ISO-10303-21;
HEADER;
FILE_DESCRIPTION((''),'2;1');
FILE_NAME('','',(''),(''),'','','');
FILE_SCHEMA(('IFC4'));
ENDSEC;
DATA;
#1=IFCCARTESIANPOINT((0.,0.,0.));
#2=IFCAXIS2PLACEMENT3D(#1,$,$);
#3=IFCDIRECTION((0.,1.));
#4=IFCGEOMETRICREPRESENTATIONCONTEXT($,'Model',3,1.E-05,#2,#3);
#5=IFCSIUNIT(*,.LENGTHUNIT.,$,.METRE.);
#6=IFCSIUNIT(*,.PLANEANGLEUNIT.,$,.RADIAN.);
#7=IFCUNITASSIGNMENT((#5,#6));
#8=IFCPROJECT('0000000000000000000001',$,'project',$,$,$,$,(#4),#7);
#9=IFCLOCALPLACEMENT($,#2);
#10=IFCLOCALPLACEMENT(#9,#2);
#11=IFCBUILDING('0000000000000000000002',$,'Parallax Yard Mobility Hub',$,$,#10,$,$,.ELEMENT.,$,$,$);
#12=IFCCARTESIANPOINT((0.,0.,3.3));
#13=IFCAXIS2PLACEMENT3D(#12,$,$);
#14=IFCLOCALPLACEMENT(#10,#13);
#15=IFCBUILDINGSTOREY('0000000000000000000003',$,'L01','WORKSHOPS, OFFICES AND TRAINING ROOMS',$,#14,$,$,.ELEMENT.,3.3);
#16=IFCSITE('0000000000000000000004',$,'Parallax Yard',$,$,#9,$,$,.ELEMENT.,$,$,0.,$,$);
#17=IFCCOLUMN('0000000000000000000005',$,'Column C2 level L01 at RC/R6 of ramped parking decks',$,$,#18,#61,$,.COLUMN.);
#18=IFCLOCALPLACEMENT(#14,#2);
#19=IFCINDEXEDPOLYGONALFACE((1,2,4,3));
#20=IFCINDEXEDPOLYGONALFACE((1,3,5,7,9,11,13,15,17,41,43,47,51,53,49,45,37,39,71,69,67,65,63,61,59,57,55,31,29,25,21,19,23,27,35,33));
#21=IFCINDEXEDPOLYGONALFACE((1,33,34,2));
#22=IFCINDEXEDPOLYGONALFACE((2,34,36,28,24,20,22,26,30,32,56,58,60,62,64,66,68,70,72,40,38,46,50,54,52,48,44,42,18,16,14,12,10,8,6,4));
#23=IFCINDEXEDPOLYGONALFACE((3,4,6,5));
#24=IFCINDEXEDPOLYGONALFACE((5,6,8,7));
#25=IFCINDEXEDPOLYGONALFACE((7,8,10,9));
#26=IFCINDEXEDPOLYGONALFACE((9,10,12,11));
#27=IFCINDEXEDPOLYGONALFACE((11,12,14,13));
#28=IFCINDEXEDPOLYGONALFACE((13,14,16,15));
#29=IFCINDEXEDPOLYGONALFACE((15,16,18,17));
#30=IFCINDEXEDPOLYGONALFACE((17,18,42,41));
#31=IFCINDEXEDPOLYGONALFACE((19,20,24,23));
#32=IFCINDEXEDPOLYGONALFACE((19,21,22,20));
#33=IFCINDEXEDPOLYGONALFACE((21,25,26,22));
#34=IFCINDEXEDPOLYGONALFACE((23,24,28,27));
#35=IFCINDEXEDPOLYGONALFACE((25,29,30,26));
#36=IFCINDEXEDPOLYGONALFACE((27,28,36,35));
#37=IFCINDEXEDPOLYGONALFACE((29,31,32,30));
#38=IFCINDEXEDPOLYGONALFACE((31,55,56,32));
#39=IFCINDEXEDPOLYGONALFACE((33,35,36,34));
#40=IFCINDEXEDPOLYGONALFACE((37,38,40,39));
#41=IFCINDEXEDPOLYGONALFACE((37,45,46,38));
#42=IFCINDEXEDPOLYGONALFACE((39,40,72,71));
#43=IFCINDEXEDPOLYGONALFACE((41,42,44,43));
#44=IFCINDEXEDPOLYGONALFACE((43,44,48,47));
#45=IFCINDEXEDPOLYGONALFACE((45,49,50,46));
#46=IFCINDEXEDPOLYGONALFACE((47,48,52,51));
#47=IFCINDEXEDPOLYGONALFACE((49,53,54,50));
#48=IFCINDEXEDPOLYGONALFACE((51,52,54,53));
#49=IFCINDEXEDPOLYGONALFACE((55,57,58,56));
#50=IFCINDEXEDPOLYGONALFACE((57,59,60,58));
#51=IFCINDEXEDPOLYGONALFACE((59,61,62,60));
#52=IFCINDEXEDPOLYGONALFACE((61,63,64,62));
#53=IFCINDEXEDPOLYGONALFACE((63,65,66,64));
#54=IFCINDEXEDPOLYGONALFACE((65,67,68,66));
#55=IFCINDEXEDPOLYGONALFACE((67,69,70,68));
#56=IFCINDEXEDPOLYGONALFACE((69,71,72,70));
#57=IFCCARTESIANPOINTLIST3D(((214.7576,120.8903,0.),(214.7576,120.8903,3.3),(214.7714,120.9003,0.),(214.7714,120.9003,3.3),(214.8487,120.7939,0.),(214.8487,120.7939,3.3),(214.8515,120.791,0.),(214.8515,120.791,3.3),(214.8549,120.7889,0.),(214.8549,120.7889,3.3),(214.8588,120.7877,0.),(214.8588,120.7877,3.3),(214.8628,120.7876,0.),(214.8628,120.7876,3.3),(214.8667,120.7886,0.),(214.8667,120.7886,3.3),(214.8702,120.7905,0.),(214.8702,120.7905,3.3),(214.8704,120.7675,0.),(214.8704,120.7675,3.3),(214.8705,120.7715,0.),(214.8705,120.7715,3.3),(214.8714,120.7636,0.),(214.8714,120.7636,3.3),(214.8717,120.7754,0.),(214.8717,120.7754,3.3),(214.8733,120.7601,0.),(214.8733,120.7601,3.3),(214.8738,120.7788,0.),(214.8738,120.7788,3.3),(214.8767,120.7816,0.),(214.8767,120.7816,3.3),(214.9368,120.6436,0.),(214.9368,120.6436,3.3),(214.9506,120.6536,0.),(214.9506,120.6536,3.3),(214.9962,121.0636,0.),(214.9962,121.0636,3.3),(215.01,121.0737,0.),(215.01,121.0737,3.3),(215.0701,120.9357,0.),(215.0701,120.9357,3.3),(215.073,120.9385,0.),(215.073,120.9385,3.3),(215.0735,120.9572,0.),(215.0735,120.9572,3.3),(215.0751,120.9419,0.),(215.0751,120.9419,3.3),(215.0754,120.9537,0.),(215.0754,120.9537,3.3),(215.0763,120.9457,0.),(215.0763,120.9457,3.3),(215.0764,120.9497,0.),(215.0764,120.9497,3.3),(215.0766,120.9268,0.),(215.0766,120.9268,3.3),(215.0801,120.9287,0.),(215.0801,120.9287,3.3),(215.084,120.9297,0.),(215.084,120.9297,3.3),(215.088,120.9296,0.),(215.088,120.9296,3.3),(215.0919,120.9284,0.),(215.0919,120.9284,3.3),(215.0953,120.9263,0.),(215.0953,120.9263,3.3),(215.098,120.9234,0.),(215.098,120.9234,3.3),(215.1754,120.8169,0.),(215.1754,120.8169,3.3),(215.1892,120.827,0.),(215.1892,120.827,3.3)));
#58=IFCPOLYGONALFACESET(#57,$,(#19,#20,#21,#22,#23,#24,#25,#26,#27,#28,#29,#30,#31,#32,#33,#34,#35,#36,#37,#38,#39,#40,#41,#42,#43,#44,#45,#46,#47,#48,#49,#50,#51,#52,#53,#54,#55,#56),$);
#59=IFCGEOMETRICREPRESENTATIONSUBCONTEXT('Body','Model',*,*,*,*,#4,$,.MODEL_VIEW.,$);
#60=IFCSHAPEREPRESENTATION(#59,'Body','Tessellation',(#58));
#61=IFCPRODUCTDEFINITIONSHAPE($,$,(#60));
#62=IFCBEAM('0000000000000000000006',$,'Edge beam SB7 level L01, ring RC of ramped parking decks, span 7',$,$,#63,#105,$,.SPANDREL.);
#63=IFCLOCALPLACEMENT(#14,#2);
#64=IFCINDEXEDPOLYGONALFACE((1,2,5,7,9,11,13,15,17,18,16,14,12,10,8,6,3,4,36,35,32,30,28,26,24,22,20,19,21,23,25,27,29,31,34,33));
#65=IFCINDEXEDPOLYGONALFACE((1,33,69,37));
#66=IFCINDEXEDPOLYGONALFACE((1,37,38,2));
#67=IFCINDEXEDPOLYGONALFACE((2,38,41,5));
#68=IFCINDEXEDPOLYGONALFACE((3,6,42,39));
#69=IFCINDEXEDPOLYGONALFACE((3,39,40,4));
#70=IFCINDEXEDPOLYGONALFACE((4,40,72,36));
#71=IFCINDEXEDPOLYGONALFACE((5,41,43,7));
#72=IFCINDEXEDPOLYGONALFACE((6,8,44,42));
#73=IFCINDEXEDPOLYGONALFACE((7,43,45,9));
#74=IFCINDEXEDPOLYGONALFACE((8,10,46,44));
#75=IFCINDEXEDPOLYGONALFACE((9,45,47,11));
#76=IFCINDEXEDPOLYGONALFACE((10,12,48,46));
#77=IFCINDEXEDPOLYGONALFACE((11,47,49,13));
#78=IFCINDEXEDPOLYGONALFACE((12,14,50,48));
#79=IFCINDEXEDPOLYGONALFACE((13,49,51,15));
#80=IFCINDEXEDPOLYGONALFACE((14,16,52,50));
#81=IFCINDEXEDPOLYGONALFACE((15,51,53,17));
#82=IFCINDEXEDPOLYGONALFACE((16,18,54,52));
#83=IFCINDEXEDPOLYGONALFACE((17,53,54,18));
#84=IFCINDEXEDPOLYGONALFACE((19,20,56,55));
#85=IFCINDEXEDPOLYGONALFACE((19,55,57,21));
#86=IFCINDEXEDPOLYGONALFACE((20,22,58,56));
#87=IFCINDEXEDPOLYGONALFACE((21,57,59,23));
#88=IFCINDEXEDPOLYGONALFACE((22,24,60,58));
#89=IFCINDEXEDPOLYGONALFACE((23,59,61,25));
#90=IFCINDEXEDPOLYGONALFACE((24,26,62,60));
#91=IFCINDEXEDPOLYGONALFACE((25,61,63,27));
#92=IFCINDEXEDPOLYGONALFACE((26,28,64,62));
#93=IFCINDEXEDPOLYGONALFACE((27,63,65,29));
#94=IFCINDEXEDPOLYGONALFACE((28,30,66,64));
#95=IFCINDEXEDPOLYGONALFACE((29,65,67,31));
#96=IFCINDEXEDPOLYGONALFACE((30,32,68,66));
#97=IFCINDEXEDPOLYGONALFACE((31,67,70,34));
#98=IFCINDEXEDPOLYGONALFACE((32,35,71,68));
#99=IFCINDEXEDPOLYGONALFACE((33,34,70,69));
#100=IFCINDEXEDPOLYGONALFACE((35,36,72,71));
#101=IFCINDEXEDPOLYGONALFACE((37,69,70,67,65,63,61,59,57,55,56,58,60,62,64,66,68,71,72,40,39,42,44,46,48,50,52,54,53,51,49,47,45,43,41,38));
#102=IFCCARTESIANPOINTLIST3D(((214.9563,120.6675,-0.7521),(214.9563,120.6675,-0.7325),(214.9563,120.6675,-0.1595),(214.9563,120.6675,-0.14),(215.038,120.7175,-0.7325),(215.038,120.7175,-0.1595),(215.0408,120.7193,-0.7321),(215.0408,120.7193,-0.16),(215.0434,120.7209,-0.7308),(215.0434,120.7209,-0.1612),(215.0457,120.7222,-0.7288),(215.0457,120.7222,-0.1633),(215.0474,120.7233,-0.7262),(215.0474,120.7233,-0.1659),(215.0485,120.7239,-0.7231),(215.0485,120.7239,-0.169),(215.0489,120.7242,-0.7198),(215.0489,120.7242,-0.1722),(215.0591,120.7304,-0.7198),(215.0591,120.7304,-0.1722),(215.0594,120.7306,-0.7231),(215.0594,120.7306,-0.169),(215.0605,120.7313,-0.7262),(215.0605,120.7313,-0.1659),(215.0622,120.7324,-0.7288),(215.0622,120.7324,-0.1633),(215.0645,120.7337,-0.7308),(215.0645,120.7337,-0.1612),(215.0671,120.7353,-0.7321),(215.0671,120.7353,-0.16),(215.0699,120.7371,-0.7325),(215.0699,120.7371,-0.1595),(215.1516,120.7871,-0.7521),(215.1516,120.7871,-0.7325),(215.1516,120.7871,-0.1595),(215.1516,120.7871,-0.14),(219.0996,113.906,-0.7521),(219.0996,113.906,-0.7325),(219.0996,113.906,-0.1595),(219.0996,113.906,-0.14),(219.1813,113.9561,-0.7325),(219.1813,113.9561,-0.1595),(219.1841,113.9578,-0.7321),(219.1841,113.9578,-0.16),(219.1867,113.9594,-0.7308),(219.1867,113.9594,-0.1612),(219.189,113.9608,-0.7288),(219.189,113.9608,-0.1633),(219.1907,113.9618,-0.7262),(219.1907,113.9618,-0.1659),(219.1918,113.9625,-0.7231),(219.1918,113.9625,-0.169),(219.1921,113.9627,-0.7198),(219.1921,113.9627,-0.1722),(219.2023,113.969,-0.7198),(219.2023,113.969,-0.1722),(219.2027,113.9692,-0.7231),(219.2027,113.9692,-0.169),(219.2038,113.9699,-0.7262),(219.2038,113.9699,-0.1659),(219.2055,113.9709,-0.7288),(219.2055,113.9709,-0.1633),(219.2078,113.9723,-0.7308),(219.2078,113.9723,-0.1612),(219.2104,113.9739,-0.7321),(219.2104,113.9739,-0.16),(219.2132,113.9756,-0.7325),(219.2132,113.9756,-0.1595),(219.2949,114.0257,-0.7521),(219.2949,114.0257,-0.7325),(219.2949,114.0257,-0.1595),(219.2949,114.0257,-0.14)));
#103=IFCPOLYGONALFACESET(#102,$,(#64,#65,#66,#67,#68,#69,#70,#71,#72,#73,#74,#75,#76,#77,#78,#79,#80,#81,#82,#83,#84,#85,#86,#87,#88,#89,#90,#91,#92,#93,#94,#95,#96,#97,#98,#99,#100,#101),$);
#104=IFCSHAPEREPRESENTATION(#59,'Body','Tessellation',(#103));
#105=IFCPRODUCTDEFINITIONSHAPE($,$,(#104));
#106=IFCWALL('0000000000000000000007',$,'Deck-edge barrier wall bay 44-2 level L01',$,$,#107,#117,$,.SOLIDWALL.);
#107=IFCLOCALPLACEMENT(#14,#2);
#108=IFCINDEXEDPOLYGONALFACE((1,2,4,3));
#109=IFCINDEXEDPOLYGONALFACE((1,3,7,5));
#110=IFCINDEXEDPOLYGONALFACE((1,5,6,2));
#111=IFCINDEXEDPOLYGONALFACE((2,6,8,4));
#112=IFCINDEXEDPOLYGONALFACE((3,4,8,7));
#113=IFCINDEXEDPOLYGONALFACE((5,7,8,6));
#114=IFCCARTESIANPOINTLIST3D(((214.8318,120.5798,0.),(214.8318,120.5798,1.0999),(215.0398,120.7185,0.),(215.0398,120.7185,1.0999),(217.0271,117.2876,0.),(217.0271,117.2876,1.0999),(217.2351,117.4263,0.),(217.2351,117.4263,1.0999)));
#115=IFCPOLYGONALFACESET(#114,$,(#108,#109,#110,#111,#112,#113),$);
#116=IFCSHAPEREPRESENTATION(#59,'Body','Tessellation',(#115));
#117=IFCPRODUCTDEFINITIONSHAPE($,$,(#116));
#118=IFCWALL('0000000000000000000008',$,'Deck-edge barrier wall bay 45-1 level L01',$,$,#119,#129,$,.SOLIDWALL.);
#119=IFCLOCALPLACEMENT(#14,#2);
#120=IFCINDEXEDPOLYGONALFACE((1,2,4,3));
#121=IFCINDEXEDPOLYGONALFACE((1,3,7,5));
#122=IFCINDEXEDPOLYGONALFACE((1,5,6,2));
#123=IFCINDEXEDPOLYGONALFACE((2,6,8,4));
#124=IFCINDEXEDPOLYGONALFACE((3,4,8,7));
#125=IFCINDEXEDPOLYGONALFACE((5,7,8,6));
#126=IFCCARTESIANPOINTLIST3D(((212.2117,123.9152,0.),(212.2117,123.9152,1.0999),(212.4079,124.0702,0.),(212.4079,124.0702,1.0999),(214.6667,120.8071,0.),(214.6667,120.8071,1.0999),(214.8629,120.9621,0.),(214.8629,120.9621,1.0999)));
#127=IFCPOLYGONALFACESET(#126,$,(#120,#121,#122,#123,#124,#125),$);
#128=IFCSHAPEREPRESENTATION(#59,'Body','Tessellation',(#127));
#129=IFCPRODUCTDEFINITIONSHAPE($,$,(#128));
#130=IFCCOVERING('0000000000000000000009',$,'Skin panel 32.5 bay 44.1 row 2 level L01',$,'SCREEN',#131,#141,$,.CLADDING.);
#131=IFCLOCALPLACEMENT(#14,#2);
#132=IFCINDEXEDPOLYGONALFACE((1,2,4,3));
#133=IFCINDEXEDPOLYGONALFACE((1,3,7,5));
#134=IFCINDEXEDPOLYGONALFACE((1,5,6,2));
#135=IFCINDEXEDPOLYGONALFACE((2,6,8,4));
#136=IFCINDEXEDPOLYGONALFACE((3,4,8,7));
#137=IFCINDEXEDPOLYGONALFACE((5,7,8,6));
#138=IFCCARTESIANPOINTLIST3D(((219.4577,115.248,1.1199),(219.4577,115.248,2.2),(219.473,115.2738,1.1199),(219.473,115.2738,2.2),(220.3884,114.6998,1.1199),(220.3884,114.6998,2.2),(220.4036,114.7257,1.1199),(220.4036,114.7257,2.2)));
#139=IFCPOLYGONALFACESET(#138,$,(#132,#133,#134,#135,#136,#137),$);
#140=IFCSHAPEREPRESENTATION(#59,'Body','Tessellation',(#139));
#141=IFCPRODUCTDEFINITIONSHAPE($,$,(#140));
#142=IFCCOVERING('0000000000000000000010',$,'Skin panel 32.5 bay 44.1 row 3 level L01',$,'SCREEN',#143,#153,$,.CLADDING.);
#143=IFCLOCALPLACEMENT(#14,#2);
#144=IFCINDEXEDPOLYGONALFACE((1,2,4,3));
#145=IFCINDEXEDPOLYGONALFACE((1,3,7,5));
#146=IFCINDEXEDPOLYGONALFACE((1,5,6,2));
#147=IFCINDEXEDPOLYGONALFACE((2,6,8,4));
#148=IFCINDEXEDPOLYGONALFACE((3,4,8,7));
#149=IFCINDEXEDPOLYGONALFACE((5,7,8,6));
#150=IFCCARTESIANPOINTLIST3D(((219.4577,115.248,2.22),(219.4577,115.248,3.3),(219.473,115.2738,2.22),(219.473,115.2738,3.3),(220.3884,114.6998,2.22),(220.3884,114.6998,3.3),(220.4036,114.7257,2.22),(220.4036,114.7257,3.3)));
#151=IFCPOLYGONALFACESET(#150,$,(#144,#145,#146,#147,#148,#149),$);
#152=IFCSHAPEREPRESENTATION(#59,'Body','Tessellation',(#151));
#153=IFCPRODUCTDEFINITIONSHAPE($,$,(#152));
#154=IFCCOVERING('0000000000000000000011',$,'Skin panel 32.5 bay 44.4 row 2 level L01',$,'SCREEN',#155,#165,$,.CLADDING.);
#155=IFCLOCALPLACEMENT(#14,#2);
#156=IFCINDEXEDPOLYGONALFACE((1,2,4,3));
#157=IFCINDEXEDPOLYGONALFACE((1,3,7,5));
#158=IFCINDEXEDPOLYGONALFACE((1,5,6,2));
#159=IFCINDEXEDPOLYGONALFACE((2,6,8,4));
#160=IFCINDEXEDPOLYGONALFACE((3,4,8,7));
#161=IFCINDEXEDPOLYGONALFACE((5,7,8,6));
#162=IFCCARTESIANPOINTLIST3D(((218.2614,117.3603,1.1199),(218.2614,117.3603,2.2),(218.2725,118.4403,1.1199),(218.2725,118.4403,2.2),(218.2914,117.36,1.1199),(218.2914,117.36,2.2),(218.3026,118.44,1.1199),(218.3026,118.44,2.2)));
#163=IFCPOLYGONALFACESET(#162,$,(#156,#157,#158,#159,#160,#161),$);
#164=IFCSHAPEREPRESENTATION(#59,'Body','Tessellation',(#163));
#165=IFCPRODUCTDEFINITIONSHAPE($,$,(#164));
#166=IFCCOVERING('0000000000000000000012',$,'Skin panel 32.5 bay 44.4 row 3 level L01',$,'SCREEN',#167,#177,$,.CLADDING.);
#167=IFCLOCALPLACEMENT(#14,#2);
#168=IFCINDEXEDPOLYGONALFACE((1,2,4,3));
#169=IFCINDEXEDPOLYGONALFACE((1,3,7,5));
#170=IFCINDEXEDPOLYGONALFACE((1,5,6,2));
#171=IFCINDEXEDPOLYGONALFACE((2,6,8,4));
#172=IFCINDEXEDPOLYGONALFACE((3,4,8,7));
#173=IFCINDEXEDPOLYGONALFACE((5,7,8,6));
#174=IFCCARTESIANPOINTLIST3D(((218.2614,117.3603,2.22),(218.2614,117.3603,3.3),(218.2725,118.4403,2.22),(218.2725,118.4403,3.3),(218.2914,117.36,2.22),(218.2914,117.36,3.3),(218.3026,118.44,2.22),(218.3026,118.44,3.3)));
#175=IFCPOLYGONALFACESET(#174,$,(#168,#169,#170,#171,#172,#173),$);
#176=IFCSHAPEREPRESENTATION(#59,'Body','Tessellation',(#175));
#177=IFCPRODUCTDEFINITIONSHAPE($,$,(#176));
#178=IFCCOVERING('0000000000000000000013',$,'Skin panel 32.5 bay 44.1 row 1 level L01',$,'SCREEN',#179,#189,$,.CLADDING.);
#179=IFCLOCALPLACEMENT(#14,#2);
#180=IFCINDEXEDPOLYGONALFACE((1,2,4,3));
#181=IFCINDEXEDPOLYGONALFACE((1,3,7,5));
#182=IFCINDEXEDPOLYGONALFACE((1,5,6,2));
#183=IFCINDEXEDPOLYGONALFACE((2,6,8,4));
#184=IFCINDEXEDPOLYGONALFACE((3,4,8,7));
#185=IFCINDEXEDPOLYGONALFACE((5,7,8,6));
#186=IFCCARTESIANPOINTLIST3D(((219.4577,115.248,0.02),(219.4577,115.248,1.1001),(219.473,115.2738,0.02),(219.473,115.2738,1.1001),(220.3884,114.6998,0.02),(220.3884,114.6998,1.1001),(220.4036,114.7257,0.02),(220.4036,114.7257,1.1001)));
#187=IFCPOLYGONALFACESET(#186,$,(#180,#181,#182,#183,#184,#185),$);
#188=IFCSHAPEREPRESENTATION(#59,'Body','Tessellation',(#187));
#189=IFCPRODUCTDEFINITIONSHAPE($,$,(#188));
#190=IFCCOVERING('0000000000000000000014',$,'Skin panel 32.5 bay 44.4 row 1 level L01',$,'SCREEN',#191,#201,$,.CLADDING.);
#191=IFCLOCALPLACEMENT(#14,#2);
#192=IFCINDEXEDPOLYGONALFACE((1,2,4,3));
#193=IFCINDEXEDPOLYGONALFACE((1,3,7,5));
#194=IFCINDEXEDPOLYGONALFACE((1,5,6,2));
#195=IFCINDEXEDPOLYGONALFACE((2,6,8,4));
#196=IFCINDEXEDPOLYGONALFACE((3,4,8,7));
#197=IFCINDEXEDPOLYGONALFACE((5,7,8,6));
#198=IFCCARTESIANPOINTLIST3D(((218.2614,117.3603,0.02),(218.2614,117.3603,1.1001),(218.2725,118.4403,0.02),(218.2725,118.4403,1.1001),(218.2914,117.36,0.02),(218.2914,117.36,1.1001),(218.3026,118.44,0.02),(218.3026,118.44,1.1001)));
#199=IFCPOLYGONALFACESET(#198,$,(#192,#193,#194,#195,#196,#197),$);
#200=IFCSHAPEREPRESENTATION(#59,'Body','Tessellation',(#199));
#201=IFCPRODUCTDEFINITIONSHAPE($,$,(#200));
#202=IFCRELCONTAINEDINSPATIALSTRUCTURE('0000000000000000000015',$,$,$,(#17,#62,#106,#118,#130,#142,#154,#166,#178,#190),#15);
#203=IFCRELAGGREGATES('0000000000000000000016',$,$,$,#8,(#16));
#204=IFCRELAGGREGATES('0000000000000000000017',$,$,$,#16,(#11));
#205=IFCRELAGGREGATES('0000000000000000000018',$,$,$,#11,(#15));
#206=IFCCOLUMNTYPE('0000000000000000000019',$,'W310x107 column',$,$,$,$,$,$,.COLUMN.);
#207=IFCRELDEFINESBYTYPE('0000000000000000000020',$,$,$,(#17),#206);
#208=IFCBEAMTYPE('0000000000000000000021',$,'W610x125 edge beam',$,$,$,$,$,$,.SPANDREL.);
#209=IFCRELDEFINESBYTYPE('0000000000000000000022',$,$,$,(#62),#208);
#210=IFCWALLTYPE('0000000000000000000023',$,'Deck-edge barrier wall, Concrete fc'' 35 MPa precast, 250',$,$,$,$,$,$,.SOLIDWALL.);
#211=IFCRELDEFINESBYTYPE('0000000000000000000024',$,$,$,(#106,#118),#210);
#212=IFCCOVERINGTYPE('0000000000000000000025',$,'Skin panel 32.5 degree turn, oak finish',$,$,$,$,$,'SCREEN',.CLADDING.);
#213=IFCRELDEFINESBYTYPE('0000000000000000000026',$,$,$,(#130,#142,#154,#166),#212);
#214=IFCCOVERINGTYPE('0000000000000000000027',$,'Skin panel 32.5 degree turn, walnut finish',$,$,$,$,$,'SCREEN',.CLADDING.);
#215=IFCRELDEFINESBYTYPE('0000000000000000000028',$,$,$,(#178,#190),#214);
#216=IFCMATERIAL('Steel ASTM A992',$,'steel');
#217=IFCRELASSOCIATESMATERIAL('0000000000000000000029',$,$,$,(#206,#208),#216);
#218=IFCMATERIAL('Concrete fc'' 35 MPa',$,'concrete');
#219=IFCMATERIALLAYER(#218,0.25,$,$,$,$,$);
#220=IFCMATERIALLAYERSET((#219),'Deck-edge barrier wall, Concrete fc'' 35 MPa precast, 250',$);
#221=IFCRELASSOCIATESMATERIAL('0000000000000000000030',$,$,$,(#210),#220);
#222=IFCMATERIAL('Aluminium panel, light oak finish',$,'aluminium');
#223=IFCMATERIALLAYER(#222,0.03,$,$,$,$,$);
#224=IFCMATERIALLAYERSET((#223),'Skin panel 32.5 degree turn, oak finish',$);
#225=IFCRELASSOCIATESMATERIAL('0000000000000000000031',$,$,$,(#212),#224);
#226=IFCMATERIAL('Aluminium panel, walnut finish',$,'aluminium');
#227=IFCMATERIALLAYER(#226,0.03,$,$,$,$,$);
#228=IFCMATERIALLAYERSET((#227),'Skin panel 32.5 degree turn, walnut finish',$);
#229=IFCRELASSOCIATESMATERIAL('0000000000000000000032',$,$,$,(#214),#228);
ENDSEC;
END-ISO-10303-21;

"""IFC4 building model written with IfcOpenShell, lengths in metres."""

from ifc_helpers import new_model, si_unit, direction, frame, frame_2d, origin, origin_2d, place, context, subcontext, project, spatial, rectangle, i_section, extrude, material, layer, layer_set, material_profile, profile_set, type_object, element, save


model = new_model("IFC4")

# Units and contexts
model_context = context("Model", 3, precision=1e-05, world=origin(), true_north=direction((0.0, 1.0)))
body_context = subcontext(model_context, "Body", "Model", "MODEL_VIEW")
ifc_project = project(units=[si_unit("LENGTHUNIT", "METRE"), si_unit("PLANEANGLEUNIT", "RADIAN")], contexts=[model_context])

# Site, building, storey
site_placement = place(None, origin())
site = spatial("IfcSite", under=ifc_project, at=site_placement, Name="Parallax Yard", CompositionType="ELEMENT", RefElevation=0.0)
building_placement = place(site_placement, origin())
building = spatial("IfcBuilding", under=site, at=building_placement, Name="Parallax Yard Mobility Hub", CompositionType="ELEMENT")
storey_placement = place(building_placement, frame((0.0, 0.0, 3.3)))
storey = spatial("IfcBuildingStorey", under=building, at=storey_placement, Name="L01", Description="WORKSHOPS, OFFICES AND TRAINING ROOMS", CompositionType="ELEMENT", Elevation=3.3)

# Column
ifc_material_1 = material(Name="Steel ASTM A992", Category="steel")
ifc_material_profile_1 = material_profile(ifc_material_1, i_section(OverallWidth=0.3049, OverallDepth=0.312, WebThickness=0.011, FlangeThickness=0.0171, FilletRadius=0.0154, at=origin_2d()), Name="W310x107")
ifc_profile_set_1 = profile_set([ifc_material_profile_1], Name="Steel ASTM A992")
column_type = type_object("IfcColumnType", Name="W310x107 column", PredefinedType="COLUMN", material=ifc_profile_set_1)
column_placement = place(storey_placement, frame((214.9734, 120.8586, 0.0), z_axis=(0.0, 0.0, 1.0), x_axis=(-0.587785, 0.809017, 0.0)))
element("IfcColumn", 1, at=column_placement, inside=storey, type_object=column_type, Name="Column C2 level L01 at RC/R6 of ramped parking decks", PredefinedType="COLUMN", context=body_context, shape_type="SweptSolid", body=[
    extrude(i_section(OverallWidth=0.3049, OverallDepth=0.312, WebThickness=0.011, FlangeThickness=0.0171, FilletRadius=0.0154, at=origin_2d()), origin(), (0.0, 0.0, 1.0), 3.3),
])

# Beam
ifc_material_profile_2 = material_profile(ifc_material_1, i_section(OverallWidth=0.229, OverallDepth=0.6121, WebThickness=0.012, FlangeThickness=0.0195, FilletRadius=0.0127, at=origin_2d()), Name="W610x125")
ifc_profile_set_2 = profile_set([ifc_material_profile_2], Name="Steel ASTM A992")
beam_type = type_object("IfcBeamType", Name="W610x125 edge beam", PredefinedType="SPANDREL", material=ifc_profile_set_2)
beam_placement = place(storey_placement, frame((215.054, 120.7273, -0.446), z_axis=(0.522487, -0.852647, 0.0), x_axis=(0.852647, 0.522487, 0.0)))
element("IfcBeam", 2, at=beam_placement, inside=storey, type_object=beam_type, Name="Edge beam SB7 level L01, ring RC of ramped parking decks, span 7", PredefinedType="SPANDREL", context=body_context, shape_type="SweptSolid", body=[
    extrude(i_section(OverallWidth=0.229, OverallDepth=0.6121, WebThickness=0.012, FlangeThickness=0.0195, FilletRadius=0.0127, at=origin_2d()), origin(), (0.0, 0.0, 1.0), 7.9299),
])

# Walls
ifc_material_2 = material(Name="Concrete fc' 35 MPa", Category="concrete")
ifc_layer_1 = layer(ifc_material_2, 0.25)
ifc_layer_set_1 = layer_set([ifc_layer_1], Name="Deck-edge barrier wall, Concrete fc' 35 MPa precast, 250")
wall_type = type_object("IfcWallType", Name="Deck-edge barrier wall, Concrete fc' 35 MPa precast, 250", PredefinedType="SOLIDWALL", material=ifc_layer_set_1)
wall_1_placement = place(storey_placement, frame((217.1311, 117.3569, 0.0), z_axis=(0.0, 0.0, 1.0), x_axis=(-0.554786, 0.831993, 0.0)))
element("IfcWall", 3, at=wall_1_placement, inside=storey, type_object=wall_type, Name="Deck-edge barrier wall bay 44-2 level L01", PredefinedType="SOLIDWALL", context=body_context, shape_type="SweptSolid", body=[
    extrude(rectangle(XDim=3.957, YDim=0.25, at=frame_2d((1.9785, 0.0))), origin(), (0.0, 0.0, 1.0), 1.0999),
])
wall_2_placement = place(storey_placement, frame((214.7649, 120.8845, 0.0), z_axis=(0.0, 0.0, 1.0), x_axis=(-0.619842, 0.784727, 0.0)))
element("IfcWall", 4, at=wall_2_placement, inside=storey, type_object=wall_type, Name="Deck-edge barrier wall bay 45-1 level L01", PredefinedType="SOLIDWALL", context=body_context, shape_type="SweptSolid", body=[
    extrude(rectangle(XDim=3.9607, YDim=0.25, at=frame_2d((1.9805, 0.0))), origin(), (0.0, 0.0, 1.0), 1.0999),
])

# Coverings
ifc_material_3 = material(Name="Aluminium panel, light oak finish", Category="aluminium")
ifc_layer_2 = layer(ifc_material_3, 0.03)
ifc_layer_set_2 = layer_set([ifc_layer_2], Name="Skin panel 32.5 degree turn, oak finish")
covering_type_1 = type_object("IfcCoveringType", Name="Skin panel 32.5 degree turn, oak finish", ElementType="SCREEN", PredefinedType="CLADDING", material=ifc_layer_set_2)
for number, where, z_axis, x_axis, name in (
    (5, (219.9307, 114.9868, 1.1199), (0.0, 0.0, 1.0), (0.861629, -0.507538, 0.0), "Skin panel 32.5 bay 44.1 row 2 level L01"),
    (6, (219.9307, 114.9868, 2.22), (0.0, 0.0, 1.0), (0.861629, -0.507538, 0.0), "Skin panel 32.5 bay 44.1 row 3 level L01"),
    (7, (218.282, 117.9001, 1.1199), (0.0, 0.0, 1.0), (0.010313, 0.999947, 0.0), "Skin panel 32.5 bay 44.4 row 2 level L01"),
    (8, (218.282, 117.9001, 2.22), (0.0, 0.0, 1.0), (0.010313, 0.999947, 0.0), "Skin panel 32.5 bay 44.4 row 3 level L01"),
):
    element("IfcCovering", number, at=place(storey_placement, frame(where, z_axis=z_axis, x_axis=x_axis)), inside=storey, type_object=covering_type_1, Name=name, ObjectType="SCREEN", PredefinedType="CLADDING", context=body_context, shape_type="SweptSolid", body=[
        extrude(rectangle(XDim=1.0801, YDim=0.03, at=origin_2d()), origin(), (0.0, 0.0, 1.0), 1.0801),
    ])
ifc_material_4 = material(Name="Aluminium panel, walnut finish", Category="aluminium")
ifc_layer_3 = layer(ifc_material_4, 0.03)
ifc_layer_set_3 = layer_set([ifc_layer_3], Name="Skin panel 32.5 degree turn, walnut finish")
covering_type_2 = type_object("IfcCoveringType", Name="Skin panel 32.5 degree turn, walnut finish", ElementType="SCREEN", PredefinedType="CLADDING", material=ifc_layer_set_3)
for number, where, z_axis, x_axis, name in (
    (9, (219.9307, 114.9868, 0.02), (0.0, 0.0, 1.0), (0.861629, -0.507538, 0.0), "Skin panel 32.5 bay 44.1 row 1 level L01"),
    (10, (218.282, 117.9001, 0.02), (0.0, 0.0, 1.0), (0.010313, 0.999947, 0.0), "Skin panel 32.5 bay 44.4 row 1 level L01"),
):
    element("IfcCovering", number, at=place(storey_placement, frame(where, z_axis=z_axis, x_axis=x_axis)), inside=storey, type_object=covering_type_2, Name=name, ObjectType="SCREEN", PredefinedType="CLADDING", context=body_context, shape_type="SweptSolid", body=[
        extrude(rectangle(XDim=1.0801, YDim=0.03, at=origin_2d()), origin(), (0.0, 0.0, 1.0), 1.0801),
    ])

save(model, "model.ifc")
